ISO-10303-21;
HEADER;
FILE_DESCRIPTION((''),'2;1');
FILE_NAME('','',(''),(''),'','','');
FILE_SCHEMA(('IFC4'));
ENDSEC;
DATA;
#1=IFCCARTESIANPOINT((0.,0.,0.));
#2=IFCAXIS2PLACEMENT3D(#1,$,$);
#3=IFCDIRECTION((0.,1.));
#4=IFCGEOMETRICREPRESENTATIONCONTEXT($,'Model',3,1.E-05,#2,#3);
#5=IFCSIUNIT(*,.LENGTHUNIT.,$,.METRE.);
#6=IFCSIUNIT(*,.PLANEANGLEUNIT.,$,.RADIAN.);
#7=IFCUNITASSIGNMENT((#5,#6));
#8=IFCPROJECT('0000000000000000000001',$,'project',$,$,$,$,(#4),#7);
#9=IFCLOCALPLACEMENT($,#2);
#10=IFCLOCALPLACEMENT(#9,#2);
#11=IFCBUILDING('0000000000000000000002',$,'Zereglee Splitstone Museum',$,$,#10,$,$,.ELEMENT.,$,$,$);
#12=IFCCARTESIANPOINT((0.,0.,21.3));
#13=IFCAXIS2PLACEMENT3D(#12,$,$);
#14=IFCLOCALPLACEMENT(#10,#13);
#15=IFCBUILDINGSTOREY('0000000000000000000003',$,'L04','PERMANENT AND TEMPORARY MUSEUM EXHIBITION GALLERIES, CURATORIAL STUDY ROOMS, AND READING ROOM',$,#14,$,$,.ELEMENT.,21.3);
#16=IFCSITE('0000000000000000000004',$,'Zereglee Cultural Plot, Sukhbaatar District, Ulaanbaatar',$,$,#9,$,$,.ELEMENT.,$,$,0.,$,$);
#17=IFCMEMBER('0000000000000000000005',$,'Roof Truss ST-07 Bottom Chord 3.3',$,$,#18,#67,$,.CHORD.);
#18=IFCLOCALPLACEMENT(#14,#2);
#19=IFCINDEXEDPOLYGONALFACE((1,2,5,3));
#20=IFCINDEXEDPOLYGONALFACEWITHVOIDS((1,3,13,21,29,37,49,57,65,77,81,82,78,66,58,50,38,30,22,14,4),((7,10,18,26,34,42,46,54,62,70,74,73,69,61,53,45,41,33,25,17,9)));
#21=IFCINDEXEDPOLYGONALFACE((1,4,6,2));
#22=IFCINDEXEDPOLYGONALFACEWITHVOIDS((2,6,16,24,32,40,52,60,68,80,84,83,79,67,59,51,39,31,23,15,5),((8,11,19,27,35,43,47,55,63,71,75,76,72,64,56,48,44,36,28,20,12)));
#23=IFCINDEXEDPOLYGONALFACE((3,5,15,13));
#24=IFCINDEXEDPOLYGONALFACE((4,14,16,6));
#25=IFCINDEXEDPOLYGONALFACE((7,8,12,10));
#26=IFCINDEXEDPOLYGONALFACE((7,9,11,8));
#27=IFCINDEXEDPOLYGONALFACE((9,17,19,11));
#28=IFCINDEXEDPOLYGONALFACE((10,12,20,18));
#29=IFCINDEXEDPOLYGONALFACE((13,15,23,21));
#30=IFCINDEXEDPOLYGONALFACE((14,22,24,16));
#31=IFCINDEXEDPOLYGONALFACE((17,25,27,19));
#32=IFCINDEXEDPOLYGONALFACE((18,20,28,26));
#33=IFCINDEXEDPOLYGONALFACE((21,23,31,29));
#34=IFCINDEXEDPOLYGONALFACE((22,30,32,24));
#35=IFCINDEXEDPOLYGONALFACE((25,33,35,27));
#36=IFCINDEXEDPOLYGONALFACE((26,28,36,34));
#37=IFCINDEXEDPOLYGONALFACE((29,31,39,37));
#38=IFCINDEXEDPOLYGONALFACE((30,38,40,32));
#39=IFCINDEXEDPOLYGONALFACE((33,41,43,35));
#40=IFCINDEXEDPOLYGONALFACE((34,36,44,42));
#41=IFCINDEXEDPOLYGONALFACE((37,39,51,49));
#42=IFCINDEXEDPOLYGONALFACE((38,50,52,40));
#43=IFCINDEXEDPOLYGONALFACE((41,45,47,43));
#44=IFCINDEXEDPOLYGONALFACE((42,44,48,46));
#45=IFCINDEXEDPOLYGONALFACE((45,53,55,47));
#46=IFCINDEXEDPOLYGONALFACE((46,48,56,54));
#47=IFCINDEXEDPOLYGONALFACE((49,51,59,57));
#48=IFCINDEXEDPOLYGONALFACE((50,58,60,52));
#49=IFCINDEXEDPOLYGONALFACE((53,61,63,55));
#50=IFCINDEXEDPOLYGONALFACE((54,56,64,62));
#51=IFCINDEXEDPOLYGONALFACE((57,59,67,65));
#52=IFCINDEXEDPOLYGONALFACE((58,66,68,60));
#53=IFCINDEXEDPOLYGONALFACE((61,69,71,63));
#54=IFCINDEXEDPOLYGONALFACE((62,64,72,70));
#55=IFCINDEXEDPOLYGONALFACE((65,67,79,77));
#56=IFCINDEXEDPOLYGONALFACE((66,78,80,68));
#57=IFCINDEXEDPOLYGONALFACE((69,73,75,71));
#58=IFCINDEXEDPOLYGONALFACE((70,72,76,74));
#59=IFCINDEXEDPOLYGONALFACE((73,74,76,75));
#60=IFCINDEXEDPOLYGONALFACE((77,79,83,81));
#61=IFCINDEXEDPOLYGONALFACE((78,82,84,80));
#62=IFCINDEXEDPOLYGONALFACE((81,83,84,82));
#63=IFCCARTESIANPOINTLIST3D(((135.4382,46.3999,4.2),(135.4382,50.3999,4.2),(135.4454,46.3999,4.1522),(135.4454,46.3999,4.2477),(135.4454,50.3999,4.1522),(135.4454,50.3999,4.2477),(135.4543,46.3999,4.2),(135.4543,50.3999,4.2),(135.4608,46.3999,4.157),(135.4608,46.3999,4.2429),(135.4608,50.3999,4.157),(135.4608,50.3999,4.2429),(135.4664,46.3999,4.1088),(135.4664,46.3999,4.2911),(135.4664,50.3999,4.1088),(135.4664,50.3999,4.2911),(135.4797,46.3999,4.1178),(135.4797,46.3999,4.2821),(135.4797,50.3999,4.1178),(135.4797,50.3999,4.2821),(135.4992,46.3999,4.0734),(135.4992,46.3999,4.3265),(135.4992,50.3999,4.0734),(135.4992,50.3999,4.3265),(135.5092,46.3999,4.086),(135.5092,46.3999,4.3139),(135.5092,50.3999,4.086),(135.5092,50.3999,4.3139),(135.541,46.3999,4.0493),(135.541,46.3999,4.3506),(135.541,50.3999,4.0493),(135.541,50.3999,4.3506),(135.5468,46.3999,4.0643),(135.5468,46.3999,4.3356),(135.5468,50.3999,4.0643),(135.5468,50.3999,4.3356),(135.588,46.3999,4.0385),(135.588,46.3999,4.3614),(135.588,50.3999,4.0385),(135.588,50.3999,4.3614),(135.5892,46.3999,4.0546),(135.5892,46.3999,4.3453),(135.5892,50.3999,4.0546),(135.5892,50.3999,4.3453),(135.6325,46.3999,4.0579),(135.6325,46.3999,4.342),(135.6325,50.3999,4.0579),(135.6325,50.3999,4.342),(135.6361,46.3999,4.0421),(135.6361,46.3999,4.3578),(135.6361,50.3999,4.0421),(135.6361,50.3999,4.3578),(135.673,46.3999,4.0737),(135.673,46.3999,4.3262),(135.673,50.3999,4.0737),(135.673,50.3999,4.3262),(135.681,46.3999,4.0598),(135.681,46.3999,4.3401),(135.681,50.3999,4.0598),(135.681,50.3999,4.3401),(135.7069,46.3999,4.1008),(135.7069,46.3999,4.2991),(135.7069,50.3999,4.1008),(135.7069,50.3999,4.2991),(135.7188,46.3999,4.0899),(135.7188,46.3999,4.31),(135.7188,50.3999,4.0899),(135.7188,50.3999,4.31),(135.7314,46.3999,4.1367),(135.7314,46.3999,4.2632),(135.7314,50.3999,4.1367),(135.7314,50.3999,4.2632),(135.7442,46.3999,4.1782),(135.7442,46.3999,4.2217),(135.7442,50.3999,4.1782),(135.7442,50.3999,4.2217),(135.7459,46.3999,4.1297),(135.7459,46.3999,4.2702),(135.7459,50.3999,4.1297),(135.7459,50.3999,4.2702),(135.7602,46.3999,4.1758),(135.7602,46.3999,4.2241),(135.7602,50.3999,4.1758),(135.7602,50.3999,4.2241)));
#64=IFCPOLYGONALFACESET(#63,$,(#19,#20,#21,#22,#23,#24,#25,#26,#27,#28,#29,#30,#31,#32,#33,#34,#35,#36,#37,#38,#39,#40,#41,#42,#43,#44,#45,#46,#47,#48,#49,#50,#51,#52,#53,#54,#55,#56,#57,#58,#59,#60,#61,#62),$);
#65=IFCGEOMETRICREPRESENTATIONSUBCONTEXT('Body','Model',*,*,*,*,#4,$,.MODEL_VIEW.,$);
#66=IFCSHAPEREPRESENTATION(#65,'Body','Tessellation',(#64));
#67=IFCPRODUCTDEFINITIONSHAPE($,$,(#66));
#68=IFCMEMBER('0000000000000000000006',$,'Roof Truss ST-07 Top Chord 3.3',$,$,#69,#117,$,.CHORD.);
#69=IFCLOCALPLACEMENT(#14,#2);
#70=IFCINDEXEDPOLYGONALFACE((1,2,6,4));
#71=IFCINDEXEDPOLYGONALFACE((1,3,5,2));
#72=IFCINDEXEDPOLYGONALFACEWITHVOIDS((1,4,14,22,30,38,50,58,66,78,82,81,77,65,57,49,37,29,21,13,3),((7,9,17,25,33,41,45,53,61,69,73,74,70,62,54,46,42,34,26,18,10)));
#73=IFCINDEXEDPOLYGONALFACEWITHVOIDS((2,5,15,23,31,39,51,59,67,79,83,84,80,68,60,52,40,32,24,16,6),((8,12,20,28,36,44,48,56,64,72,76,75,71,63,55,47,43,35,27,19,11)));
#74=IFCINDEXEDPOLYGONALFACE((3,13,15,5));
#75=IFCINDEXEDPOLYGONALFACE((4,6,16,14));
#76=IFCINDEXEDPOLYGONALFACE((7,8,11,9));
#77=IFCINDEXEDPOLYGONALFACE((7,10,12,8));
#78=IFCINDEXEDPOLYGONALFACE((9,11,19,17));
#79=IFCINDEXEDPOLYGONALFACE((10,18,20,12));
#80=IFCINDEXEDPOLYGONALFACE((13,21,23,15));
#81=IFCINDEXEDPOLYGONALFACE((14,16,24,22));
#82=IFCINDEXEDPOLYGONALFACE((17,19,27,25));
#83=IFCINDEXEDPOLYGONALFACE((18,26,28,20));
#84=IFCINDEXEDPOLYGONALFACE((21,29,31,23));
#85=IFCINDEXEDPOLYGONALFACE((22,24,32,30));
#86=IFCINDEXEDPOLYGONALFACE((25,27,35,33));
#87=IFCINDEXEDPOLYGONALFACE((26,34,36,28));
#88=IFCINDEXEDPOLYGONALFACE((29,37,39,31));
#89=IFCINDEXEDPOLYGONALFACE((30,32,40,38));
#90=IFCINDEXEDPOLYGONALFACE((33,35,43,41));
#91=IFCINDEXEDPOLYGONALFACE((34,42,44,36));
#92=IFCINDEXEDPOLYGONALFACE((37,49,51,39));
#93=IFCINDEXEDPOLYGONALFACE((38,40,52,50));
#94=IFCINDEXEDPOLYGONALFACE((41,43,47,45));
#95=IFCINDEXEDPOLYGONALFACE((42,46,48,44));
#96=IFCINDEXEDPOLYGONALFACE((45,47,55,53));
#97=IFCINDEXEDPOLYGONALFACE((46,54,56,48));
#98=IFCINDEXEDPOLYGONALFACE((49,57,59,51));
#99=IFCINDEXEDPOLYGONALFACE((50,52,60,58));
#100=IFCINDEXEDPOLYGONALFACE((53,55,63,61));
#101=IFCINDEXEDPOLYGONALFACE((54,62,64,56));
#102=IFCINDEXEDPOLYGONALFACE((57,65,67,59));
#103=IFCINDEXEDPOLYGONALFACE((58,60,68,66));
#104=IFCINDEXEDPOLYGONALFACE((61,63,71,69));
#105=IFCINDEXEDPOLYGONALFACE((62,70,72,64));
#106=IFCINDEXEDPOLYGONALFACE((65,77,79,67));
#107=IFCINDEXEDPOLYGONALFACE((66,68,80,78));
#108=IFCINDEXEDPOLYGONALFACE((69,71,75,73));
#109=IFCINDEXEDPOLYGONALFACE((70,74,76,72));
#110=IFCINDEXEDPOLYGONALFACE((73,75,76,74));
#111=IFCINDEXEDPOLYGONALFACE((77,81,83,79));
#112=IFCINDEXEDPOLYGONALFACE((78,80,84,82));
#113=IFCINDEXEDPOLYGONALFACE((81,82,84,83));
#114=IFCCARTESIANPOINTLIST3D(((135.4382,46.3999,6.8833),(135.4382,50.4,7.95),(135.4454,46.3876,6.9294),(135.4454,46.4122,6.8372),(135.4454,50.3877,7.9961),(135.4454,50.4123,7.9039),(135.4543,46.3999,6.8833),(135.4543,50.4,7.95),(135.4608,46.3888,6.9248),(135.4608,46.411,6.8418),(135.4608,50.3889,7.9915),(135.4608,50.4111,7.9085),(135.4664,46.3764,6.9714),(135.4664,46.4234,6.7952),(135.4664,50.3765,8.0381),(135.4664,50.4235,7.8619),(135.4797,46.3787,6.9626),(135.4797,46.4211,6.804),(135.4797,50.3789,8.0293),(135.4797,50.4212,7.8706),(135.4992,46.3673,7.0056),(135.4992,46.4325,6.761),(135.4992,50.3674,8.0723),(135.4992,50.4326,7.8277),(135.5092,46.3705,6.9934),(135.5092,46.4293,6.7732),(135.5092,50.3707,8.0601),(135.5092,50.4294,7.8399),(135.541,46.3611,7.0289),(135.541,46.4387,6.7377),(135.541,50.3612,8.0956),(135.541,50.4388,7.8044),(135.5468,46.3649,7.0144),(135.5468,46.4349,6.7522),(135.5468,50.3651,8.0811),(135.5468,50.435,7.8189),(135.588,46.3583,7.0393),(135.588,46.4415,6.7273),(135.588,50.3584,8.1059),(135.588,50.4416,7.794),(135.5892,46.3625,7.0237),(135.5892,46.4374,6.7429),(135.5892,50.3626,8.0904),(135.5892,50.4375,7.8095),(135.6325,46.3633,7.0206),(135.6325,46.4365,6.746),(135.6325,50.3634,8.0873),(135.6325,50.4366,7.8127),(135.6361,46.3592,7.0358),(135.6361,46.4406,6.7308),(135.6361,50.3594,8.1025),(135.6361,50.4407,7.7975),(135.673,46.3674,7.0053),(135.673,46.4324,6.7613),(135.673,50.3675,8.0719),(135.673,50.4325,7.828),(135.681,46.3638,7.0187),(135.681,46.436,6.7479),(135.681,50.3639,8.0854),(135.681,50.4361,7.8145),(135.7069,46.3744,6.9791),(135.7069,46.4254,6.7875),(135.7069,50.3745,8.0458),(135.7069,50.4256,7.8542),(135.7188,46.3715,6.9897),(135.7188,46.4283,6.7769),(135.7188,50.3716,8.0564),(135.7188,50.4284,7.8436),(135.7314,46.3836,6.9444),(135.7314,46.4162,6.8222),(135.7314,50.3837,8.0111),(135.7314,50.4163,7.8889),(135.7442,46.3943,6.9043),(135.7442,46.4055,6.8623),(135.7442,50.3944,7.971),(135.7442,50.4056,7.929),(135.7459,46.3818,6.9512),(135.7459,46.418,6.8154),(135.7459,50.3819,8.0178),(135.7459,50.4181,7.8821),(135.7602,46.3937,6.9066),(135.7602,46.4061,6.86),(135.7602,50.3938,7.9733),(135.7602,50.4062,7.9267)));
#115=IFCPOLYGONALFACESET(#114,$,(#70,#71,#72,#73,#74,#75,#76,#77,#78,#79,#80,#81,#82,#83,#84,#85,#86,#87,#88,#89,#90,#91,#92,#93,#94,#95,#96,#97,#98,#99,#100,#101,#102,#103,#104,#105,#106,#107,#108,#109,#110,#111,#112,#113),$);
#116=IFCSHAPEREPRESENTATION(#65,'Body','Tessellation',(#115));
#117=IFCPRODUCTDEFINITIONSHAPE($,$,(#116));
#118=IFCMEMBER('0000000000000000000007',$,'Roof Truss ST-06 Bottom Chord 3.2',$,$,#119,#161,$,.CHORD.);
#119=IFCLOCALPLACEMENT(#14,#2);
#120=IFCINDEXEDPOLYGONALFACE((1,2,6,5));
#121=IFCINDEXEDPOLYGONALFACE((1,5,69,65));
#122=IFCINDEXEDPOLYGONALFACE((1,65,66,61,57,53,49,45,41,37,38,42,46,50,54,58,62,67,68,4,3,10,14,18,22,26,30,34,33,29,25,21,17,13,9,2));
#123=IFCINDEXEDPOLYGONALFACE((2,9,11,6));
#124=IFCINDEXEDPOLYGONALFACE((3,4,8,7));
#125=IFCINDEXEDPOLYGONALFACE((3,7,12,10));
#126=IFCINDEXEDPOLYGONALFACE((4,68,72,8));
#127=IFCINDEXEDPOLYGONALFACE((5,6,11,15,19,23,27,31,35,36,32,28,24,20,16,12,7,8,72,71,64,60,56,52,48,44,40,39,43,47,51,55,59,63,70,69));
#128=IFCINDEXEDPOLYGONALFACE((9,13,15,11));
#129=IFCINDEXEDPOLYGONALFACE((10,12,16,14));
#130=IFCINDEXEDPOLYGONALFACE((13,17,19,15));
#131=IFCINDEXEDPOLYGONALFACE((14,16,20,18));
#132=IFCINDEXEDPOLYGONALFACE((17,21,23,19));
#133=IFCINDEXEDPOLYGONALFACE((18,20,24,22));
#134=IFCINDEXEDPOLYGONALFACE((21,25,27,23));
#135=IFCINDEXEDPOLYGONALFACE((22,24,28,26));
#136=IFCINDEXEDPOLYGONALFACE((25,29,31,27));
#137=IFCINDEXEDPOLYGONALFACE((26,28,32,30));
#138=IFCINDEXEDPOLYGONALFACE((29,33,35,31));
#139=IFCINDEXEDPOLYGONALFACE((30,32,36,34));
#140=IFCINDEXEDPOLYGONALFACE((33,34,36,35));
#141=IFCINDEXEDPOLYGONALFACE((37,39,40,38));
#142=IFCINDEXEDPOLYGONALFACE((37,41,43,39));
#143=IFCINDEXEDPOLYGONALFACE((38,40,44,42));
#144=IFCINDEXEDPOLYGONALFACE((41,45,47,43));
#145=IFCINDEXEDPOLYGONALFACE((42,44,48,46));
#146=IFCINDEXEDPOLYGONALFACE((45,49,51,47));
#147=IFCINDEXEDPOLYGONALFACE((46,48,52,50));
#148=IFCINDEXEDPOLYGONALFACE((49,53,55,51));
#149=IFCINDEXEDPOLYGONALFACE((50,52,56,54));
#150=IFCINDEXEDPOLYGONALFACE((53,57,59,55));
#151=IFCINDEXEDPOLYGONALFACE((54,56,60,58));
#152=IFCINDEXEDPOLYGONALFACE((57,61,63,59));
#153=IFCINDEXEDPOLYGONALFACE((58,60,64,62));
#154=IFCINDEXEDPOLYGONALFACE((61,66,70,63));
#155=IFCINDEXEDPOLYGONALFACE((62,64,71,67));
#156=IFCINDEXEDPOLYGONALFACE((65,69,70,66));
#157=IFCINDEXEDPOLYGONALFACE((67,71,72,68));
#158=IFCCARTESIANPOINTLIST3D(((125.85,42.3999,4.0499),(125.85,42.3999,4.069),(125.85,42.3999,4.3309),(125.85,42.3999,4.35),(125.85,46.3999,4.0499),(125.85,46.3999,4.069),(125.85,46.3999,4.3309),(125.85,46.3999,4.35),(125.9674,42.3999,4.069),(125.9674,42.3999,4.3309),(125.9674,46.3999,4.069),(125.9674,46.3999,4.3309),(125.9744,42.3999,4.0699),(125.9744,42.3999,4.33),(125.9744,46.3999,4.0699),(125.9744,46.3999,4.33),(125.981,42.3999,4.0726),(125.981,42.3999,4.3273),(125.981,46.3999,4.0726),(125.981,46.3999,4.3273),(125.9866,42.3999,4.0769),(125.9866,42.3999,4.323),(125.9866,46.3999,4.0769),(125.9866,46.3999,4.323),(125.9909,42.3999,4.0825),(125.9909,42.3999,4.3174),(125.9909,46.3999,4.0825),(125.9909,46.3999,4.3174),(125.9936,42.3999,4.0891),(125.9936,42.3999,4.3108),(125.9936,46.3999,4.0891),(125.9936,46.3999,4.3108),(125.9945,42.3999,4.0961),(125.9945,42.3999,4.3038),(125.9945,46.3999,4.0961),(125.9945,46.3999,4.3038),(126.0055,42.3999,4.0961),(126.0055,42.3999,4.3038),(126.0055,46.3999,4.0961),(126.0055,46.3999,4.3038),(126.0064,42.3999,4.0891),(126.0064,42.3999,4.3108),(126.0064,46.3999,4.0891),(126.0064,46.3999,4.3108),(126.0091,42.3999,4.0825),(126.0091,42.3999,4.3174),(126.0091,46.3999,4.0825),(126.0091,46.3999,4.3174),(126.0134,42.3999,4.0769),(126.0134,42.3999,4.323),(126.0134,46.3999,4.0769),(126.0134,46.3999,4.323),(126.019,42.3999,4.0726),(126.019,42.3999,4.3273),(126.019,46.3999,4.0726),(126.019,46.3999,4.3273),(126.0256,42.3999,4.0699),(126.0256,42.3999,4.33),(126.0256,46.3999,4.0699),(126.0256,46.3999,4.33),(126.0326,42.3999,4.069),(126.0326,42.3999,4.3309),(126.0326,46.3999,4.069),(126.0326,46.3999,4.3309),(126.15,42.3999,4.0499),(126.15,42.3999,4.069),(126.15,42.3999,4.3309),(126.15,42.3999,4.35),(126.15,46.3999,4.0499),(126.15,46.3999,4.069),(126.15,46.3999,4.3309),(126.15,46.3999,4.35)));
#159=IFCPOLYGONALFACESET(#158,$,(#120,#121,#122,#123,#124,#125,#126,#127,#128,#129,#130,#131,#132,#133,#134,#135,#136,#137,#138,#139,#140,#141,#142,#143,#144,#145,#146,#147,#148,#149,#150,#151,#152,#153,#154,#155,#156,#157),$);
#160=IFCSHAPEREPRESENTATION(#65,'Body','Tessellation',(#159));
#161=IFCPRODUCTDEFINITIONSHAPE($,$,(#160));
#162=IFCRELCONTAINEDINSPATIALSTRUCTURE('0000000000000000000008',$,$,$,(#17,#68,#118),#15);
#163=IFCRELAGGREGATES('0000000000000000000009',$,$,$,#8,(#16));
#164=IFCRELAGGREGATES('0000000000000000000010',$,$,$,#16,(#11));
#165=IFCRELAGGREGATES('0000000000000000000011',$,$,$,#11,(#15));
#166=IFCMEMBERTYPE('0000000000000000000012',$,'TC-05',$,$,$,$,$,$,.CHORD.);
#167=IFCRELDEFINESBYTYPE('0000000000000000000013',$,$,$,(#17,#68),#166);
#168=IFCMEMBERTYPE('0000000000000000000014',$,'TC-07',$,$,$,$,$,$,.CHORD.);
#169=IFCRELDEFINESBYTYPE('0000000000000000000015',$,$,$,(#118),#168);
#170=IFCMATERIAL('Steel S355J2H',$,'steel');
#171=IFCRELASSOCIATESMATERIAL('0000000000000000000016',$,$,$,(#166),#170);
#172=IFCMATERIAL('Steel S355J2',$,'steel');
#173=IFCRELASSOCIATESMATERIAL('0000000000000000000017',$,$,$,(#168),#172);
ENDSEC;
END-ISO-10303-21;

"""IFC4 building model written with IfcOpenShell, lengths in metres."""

from ifc_helpers import new_model, si_unit, direction, frame, origin, origin_2d, place, context, subcontext, project, spatial, hollow_circle, i_section, extrude, material, material_profile, profile_set, type_object, element, save


model = new_model("IFC4")

# Units and contexts
model_context = context("Model", 3, precision=1e-05, world=origin(), true_north=direction((0.0, 1.0)))
body_context = subcontext(model_context, "Body", "Model", "MODEL_VIEW")
ifc_project = project(units=[si_unit("LENGTHUNIT", "METRE"), si_unit("PLANEANGLEUNIT", "RADIAN")], contexts=[model_context])

# Site, building, storey
site_placement = place(None, origin())
site = spatial("IfcSite", under=ifc_project, at=site_placement, Name="Zereglee Cultural Plot, Sukhbaatar District, Ulaanbaatar", CompositionType="ELEMENT", RefElevation=0.0)
building_placement = place(site_placement, origin())
building = spatial("IfcBuilding", under=site, at=building_placement, Name="Zereglee Splitstone Museum", CompositionType="ELEMENT")
storey_placement = place(building_placement, frame((0.0, 0.0, 21.3)))
storey = spatial("IfcBuildingStorey", under=building, at=storey_placement, Name="L04", Description="PERMANENT AND TEMPORARY MUSEUM EXHIBITION GALLERIES, CURATORIAL STUDY ROOMS, AND READING ROOM", CompositionType="ELEMENT", Elevation=21.3)

# Members
ifc_material_1 = material(Name="Steel S355J2H", Category="steel")
ifc_material_profile_1 = material_profile(ifc_material_1, hollow_circle(Radius=0.1619, WallThickness=0.0161, at=origin_2d()), Name="CHS 323.9x16")
ifc_profile_set_1 = profile_set([ifc_material_profile_1], Name="Steel S355J2H")
member_type_1 = type_object("IfcMemberType", Name="TC-05", PredefinedType="CHORD", material=ifc_profile_set_1)
member_1_placement = place(storey_placement, frame((135.6001, 46.3999, 4.2), z_axis=(0.0, 1.0, 0.0), x_axis=(-1.0, 0.0, 0.0)))
element("IfcMember", 1, at=member_1_placement, inside=storey, type_object=member_type_1, Name="Roof Truss ST-07 Bottom Chord 3.3", PredefinedType="CHORD", context=body_context, shape_type="SweptSolid", body=[
    extrude(hollow_circle(Radius=0.1619, WallThickness=0.0161, at=origin_2d()), origin(), (0.0, 0.0, 1.0), 4.0),
])
member_2_placement = place(storey_placement, frame((135.6001, 46.3999, 6.8833), z_axis=(0.0, 0.966236, 0.257659), x_axis=(-1.0, 0.0, 0.0)))
element("IfcMember", 2, at=member_2_placement, inside=storey, type_object=member_type_1, Name="Roof Truss ST-07 Top Chord 3.3", PredefinedType="CHORD", context=body_context, shape_type="SweptSolid", body=[
    extrude(hollow_circle(Radius=0.1619, WallThickness=0.0161, at=origin_2d()), origin(), (0.0, 0.0, 1.0), 4.1399),
])
ifc_material_2 = material(Name="Steel S355J2", Category="steel")
ifc_material_profile_2 = material_profile(ifc_material_2, i_section(OverallWidth=0.3, OverallDepth=0.3, WebThickness=0.011, FlangeThickness=0.019, FilletRadius=0.0271, at=origin_2d()), Name="HE 300 B")
ifc_profile_set_2 = profile_set([ifc_material_profile_2], Name="Steel S355J2")
member_type_2 = type_object("IfcMemberType", Name="TC-07", PredefinedType="CHORD", material=ifc_profile_set_2)
for number, where, z_axis, x_axis, name in (
    (3, (126.0, 42.3999, 4.2), (0.0, 1.0, 0.0), (-1.0, 0.0, 0.0), "Roof Truss ST-06 Bottom Chord 3.2"),
):
    element("IfcMember", number, at=place(storey_placement, frame(where, z_axis=z_axis, x_axis=x_axis)), inside=storey, type_object=member_type_2, Name=name, PredefinedType="CHORD", context=body_context, shape_type="SweptSolid", body=[
        extrude(i_section(OverallWidth=0.3, OverallDepth=0.3, WebThickness=0.011, FlangeThickness=0.019, FilletRadius=0.0271, at=origin_2d()), origin(), (0.0, 0.0, 1.0), 4.0),
    ])

save(model, "model.ifc")
